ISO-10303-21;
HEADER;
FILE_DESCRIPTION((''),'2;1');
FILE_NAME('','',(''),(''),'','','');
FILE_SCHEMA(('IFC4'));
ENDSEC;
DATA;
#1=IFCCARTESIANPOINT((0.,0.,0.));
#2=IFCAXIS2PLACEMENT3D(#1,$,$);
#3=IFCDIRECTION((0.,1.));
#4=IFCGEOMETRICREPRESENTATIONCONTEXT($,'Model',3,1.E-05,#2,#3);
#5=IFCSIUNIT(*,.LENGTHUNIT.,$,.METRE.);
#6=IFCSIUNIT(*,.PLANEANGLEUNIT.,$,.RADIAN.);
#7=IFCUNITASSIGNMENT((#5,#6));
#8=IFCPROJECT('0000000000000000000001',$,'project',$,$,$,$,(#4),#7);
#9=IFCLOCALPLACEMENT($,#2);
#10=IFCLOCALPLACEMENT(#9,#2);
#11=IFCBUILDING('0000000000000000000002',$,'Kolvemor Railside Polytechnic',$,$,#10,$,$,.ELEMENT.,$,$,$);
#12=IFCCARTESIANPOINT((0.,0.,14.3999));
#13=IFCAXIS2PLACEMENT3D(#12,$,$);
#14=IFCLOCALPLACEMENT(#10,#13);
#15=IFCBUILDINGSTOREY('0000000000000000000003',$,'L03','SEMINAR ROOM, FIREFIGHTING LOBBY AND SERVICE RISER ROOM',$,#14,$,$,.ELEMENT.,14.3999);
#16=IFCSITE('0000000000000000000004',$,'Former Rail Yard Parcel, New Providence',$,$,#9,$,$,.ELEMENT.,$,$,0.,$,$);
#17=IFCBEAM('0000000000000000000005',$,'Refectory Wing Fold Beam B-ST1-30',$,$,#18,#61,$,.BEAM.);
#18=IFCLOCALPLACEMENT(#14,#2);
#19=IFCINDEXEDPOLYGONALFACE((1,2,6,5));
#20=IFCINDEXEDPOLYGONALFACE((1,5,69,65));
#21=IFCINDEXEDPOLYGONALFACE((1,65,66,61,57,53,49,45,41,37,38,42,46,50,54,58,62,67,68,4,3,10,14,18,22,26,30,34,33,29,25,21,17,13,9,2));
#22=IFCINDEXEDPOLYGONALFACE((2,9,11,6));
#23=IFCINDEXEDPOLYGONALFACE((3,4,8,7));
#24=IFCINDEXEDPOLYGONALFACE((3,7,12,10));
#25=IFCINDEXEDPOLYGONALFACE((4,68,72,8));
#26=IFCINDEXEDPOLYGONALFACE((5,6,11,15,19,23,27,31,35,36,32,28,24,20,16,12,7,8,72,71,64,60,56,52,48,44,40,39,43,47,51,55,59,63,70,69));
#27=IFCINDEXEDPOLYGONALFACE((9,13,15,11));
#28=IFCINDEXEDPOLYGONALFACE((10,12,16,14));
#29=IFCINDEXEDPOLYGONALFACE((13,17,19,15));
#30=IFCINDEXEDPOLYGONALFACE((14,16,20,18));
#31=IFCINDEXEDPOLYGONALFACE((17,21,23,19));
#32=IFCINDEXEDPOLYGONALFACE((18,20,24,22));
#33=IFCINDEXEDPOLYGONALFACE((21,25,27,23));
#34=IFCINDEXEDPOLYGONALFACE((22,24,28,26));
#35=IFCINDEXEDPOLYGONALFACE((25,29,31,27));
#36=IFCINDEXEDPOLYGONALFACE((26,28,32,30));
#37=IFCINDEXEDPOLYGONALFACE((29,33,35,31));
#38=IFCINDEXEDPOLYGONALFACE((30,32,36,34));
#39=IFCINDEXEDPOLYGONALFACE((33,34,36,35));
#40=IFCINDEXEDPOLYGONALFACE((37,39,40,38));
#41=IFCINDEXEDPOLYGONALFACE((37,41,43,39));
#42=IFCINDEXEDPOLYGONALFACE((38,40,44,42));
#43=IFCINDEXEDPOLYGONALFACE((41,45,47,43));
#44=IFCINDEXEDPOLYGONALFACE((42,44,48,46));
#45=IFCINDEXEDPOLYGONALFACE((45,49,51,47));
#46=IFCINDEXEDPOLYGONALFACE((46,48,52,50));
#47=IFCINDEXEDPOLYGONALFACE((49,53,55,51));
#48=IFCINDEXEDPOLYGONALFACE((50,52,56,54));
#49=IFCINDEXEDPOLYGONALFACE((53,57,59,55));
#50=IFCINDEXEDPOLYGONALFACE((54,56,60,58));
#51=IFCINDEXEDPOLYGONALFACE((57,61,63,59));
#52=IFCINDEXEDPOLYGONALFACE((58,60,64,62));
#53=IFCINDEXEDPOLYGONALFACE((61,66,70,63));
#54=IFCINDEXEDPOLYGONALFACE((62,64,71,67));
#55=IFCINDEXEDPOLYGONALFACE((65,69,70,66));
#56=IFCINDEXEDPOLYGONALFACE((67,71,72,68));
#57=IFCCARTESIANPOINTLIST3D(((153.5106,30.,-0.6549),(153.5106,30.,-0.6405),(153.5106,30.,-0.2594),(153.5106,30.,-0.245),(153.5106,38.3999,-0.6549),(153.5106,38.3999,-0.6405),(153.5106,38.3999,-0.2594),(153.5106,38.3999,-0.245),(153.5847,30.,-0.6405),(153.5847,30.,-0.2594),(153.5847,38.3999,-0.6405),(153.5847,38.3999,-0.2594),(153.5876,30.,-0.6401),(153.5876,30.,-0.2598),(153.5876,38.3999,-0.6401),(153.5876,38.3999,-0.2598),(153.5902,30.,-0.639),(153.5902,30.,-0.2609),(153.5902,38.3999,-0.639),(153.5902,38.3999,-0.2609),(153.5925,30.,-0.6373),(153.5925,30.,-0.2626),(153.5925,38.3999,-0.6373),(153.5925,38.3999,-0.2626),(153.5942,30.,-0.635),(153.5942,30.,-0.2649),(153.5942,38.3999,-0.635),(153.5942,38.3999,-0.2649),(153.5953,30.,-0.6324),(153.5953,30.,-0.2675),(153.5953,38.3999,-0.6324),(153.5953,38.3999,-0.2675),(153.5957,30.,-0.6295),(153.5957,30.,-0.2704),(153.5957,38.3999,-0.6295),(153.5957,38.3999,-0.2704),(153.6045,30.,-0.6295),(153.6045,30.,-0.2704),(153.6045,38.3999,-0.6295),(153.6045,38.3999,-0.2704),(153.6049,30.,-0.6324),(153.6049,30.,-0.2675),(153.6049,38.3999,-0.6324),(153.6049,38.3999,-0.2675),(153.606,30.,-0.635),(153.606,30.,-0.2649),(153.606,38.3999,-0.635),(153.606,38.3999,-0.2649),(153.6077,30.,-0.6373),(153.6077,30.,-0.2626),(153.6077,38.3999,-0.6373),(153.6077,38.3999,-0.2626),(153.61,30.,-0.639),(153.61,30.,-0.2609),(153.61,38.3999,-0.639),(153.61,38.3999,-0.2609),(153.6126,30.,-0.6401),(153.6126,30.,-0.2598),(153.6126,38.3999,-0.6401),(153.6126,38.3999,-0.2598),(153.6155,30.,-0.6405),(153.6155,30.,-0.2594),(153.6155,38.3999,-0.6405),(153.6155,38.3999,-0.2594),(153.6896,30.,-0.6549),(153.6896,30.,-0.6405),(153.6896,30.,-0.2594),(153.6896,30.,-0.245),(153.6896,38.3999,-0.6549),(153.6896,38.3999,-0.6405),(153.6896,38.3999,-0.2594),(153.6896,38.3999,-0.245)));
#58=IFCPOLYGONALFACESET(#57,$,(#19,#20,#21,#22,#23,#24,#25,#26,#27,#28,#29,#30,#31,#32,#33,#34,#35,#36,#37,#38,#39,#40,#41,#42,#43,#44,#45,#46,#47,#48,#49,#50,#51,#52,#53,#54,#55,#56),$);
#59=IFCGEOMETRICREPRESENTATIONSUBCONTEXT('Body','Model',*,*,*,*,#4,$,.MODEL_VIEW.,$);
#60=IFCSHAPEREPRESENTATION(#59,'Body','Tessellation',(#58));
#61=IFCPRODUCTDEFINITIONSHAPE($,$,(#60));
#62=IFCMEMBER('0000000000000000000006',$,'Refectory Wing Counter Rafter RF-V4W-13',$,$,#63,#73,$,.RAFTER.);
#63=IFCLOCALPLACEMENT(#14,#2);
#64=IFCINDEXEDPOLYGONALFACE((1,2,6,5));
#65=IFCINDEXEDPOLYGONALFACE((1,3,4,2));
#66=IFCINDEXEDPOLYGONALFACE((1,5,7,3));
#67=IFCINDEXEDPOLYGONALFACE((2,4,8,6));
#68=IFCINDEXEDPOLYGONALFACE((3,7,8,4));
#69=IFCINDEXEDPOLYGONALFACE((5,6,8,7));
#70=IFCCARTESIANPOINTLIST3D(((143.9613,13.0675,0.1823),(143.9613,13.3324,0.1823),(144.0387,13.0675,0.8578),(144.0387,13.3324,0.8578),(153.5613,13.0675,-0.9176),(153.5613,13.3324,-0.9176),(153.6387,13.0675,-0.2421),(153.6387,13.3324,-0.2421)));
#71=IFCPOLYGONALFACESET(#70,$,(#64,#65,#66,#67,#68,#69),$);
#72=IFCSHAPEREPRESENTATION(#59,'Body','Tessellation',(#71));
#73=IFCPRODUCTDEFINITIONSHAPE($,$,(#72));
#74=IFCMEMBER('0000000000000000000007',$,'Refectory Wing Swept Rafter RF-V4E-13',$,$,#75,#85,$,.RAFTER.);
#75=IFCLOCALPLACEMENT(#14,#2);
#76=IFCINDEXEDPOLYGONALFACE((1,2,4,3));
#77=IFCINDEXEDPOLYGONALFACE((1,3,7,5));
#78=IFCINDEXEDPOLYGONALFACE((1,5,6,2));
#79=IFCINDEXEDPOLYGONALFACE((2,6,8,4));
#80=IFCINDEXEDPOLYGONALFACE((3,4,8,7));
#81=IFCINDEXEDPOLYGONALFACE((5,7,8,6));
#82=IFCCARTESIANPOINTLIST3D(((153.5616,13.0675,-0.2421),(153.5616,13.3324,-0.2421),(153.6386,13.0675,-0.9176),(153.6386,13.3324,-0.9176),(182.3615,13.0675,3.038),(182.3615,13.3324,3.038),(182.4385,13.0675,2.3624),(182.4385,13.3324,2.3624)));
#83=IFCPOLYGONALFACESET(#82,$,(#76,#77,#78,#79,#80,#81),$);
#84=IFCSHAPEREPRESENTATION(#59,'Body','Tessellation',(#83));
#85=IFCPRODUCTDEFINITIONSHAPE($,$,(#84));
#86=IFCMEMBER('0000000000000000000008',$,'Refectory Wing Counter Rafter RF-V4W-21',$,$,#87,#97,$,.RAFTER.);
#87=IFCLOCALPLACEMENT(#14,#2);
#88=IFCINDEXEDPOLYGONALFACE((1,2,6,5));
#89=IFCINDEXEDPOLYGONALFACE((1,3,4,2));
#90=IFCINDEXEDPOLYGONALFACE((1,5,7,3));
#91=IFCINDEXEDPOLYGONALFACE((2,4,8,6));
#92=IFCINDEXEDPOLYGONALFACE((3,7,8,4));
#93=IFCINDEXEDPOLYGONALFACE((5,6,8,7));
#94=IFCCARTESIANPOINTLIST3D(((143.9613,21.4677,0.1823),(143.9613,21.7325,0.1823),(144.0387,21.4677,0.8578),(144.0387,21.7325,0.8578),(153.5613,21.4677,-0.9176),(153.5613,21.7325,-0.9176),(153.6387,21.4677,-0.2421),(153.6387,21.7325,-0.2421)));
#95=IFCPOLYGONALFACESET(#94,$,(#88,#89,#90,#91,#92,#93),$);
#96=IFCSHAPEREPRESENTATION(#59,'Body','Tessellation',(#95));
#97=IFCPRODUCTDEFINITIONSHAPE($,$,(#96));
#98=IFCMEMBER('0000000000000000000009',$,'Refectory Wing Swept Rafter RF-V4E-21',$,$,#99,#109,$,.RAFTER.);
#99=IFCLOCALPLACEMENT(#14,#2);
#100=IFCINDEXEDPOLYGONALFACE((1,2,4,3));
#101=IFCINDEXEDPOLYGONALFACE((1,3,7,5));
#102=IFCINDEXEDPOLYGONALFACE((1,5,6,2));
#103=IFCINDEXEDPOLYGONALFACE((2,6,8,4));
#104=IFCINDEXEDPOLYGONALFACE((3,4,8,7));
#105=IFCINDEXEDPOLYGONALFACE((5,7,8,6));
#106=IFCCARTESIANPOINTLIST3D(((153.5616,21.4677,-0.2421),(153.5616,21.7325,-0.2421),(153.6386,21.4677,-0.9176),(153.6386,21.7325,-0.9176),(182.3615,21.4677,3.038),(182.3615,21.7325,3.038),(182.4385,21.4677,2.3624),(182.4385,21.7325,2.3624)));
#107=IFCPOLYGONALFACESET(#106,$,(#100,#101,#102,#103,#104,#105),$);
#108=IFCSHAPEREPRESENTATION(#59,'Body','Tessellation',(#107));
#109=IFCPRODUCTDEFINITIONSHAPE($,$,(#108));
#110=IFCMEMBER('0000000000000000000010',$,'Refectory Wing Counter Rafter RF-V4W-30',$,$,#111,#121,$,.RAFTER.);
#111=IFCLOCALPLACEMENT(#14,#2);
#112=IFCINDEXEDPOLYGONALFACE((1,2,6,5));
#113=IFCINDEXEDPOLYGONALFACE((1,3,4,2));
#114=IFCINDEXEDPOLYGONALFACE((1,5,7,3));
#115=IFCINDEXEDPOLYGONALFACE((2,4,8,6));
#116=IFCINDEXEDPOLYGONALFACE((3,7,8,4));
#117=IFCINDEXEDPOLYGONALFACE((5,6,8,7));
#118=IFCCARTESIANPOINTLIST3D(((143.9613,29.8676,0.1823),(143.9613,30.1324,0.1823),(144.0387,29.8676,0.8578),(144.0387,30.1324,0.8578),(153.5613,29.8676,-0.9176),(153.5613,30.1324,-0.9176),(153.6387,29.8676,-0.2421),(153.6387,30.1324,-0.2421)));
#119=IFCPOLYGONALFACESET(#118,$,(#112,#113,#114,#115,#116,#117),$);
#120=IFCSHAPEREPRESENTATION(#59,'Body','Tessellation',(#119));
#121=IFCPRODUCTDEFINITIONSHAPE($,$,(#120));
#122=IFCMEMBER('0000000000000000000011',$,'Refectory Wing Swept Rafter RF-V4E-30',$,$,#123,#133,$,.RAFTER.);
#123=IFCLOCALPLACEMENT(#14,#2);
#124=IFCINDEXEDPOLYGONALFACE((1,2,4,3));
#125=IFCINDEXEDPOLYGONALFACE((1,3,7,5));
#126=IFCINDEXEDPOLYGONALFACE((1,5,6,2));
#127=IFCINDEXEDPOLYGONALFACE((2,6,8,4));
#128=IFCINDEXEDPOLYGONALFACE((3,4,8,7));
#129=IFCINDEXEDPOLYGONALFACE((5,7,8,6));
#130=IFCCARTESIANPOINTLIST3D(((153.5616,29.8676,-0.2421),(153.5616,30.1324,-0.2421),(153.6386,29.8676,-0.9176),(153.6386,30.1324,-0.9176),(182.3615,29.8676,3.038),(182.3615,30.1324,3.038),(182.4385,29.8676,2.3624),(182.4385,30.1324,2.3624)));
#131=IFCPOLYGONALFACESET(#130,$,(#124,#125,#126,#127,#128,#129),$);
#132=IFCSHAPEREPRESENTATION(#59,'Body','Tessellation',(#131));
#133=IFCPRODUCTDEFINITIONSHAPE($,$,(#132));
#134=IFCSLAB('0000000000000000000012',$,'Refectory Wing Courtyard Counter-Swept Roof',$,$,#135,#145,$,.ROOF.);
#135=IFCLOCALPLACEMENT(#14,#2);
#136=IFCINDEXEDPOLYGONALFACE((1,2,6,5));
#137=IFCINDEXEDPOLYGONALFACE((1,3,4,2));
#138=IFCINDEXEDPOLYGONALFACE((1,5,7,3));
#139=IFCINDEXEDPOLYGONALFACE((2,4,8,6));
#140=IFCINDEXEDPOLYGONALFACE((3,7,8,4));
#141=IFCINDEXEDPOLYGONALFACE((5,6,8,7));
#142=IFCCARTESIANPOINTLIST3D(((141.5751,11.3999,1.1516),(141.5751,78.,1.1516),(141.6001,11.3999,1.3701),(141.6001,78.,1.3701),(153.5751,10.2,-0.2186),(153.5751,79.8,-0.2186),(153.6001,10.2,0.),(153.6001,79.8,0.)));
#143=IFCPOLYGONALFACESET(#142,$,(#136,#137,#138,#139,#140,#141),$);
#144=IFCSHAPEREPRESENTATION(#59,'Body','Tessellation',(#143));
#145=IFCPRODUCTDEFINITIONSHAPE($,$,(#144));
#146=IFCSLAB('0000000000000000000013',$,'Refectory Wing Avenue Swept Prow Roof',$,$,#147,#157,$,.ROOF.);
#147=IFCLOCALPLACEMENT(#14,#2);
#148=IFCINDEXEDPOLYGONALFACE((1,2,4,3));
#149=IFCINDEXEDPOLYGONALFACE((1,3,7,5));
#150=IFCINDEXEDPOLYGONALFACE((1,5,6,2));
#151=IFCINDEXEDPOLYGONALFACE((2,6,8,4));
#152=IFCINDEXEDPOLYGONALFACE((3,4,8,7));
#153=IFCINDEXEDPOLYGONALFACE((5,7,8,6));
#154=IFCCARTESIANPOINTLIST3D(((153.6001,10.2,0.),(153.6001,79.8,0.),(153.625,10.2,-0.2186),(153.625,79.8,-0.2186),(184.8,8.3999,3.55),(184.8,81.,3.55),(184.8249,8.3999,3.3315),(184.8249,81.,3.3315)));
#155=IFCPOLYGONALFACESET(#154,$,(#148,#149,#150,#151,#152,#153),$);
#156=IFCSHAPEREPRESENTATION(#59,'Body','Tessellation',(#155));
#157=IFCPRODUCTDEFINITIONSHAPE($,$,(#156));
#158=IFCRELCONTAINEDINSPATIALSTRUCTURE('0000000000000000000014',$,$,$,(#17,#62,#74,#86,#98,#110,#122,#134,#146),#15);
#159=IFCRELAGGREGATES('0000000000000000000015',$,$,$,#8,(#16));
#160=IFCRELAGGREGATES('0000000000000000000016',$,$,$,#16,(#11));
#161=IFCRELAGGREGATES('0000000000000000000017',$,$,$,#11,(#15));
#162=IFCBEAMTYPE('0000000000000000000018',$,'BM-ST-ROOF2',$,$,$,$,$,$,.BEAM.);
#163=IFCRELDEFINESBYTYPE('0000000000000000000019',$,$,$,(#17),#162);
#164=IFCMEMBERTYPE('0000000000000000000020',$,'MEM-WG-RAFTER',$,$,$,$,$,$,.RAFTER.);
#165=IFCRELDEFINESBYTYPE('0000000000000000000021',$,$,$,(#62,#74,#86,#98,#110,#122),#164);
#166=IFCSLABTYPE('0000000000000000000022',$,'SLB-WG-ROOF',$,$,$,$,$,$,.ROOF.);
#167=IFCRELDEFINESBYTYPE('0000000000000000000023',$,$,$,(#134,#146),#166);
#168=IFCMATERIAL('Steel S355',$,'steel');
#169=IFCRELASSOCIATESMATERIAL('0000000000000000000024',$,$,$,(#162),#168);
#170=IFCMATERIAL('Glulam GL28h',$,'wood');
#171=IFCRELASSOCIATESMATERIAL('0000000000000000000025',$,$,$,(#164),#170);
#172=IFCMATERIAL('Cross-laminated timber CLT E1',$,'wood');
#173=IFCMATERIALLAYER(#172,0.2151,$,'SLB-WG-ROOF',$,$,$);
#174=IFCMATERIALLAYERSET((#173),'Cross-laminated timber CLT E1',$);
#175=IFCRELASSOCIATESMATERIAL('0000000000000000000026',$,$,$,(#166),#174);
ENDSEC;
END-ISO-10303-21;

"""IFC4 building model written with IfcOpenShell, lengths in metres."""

from ifc_helpers import new_model, si_unit, direction, frame, origin, origin_2d, place, context, subcontext, project, spatial, polyline, rectangle, i_section, outline, extrude, material, layer, layer_set, material_profile, profile_set, type_object, element, save


model = new_model("IFC4")

# Units and contexts
model_context = context("Model", 3, precision=1e-05, world=origin(), true_north=direction((0.0, 1.0)))
body_context = subcontext(model_context, "Body", "Model", "MODEL_VIEW")
ifc_project = project(units=[si_unit("LENGTHUNIT", "METRE"), si_unit("PLANEANGLEUNIT", "RADIAN")], contexts=[model_context])

# Site, building, storey
site_placement = place(None, origin())
site = spatial("IfcSite", under=ifc_project, at=site_placement, Name="Former Rail Yard Parcel, New Providence", CompositionType="ELEMENT", RefElevation=0.0)
building_placement = place(site_placement, origin())
building = spatial("IfcBuilding", under=site, at=building_placement, Name="Kolvemor Railside Polytechnic", CompositionType="ELEMENT")
storey_placement = place(building_placement, frame((0.0, 0.0, 14.3999)))
storey = spatial("IfcBuildingStorey", under=building, at=storey_placement, Name="L03", Description="SEMINAR ROOM, FIREFIGHTING LOBBY AND SERVICE RISER ROOM", CompositionType="ELEMENT", Elevation=14.3999)

# Beam
ifc_material_1 = material(Name="Steel S355", Category="steel")
ifc_material_profile_1 = material_profile(ifc_material_1, i_section(OverallWidth=0.179, OverallDepth=0.4099, WebThickness=0.0088, FlangeThickness=0.0144, FilletRadius=0.011, at=origin_2d()), Name="W410x67")
ifc_profile_set_1 = profile_set([ifc_material_profile_1], Name="Steel S355")
beam_type_1 = type_object("IfcBeamType", Name="BM-ST-ROOF2", PredefinedType="BEAM", material=ifc_profile_set_1)
for number, where, z_axis, x_axis, name in (
    (1, (153.6001, 30.0, -0.45), (0.0, 1.0, 0.0), (-1.0, 0.0, 0.0), "Refectory Wing Fold Beam B-ST1-30"),
):
    element("IfcBeam", number, at=place(storey_placement, frame(where, z_axis=z_axis, x_axis=x_axis)), inside=storey, type_object=beam_type_1, Name=name, PredefinedType="BEAM", context=body_context, shape_type="SweptSolid", body=[
        extrude(i_section(OverallWidth=0.179, OverallDepth=0.4099, WebThickness=0.0088, FlangeThickness=0.0144, FilletRadius=0.011, at=origin_2d()), origin(), (0.0, 0.0, 1.0), 8.3999),
    ])

# Members
ifc_material_2 = material(Name="Glulam GL28h", Category="wood")
ifc_material_profile_2 = material_profile(ifc_material_2, rectangle(XDim=0.2649, YDim=0.6799, at=origin_2d()), Name="GL265x680")
ifc_profile_set_2 = profile_set([ifc_material_profile_2], Name="Glulam GL28h")
member_type = type_object("IfcMemberType", Name="MEM-WG-RAFTER", PredefinedType="RAFTER", material=ifc_profile_set_2)
member_1_placement = place(storey_placement, frame((144.0, 13.2, 0.52), z_axis=(0.993501, 0.0, -0.113822), x_axis=(0.0, 1.0, 0.0)))
element("IfcMember", 2, at=member_1_placement, inside=storey, type_object=member_type, Name="Refectory Wing Counter Rafter RF-V4W-13", PredefinedType="RAFTER", context=body_context, shape_type="SweptSolid", body=[
    extrude(rectangle(XDim=0.2649, YDim=0.6799, at=origin_2d()), origin(), (0.0, 0.0, 1.0), 9.6628),
])
member_2_placement = place(storey_placement, frame((153.6001, 13.2, -0.5798), z_axis=(0.993577, 0.0, 0.113159), x_axis=(0.0, 1.0, 0.0)))
element("IfcMember", 3, at=member_2_placement, inside=storey, type_object=member_type, Name="Refectory Wing Swept Rafter RF-V4E-13", PredefinedType="RAFTER", context=body_context, shape_type="SweptSolid", body=[
    extrude(rectangle(XDim=0.2649, YDim=0.6799, at=origin_2d()), origin(), (0.0, 0.0, 1.0), 28.9861),
])
member_3_placement = place(storey_placement, frame((144.0, 21.6001, 0.52), z_axis=(0.993501, 0.0, -0.113822), x_axis=(0.0, 1.0, 0.0)))
element("IfcMember", 4, at=member_3_placement, inside=storey, type_object=member_type, Name="Refectory Wing Counter Rafter RF-V4W-21", PredefinedType="RAFTER", context=body_context, shape_type="SweptSolid", body=[
    extrude(rectangle(XDim=0.2649, YDim=0.6799, at=origin_2d()), origin(), (0.0, 0.0, 1.0), 9.6628),
])
member_4_placement = place(storey_placement, frame((153.6001, 21.6001, -0.5798), z_axis=(0.993577, 0.0, 0.113159), x_axis=(0.0, 1.0, 0.0)))
element("IfcMember", 5, at=member_4_placement, inside=storey, type_object=member_type, Name="Refectory Wing Swept Rafter RF-V4E-21", PredefinedType="RAFTER", context=body_context, shape_type="SweptSolid", body=[
    extrude(rectangle(XDim=0.2649, YDim=0.6799, at=origin_2d()), origin(), (0.0, 0.0, 1.0), 28.9861),
])
member_5_placement = place(storey_placement, frame((144.0, 30.0, 0.52), z_axis=(0.993501, 0.0, -0.113822), x_axis=(0.0, 1.0, 0.0)))
element("IfcMember", 6, at=member_5_placement, inside=storey, type_object=member_type, Name="Refectory Wing Counter Rafter RF-V4W-30", PredefinedType="RAFTER", context=body_context, shape_type="SweptSolid", body=[
    extrude(rectangle(XDim=0.2649, YDim=0.6799, at=origin_2d()), origin(), (0.0, 0.0, 1.0), 9.6628),
])
member_6_placement = place(storey_placement, frame((153.6001, 30.0, -0.5798), z_axis=(0.993577, 0.0, 0.113159), x_axis=(0.0, 1.0, 0.0)))
element("IfcMember", 7, at=member_6_placement, inside=storey, type_object=member_type, Name="Refectory Wing Swept Rafter RF-V4E-30", PredefinedType="RAFTER", context=body_context, shape_type="SweptSolid", body=[
    extrude(rectangle(XDim=0.2649, YDim=0.6799, at=origin_2d()), origin(), (0.0, 0.0, 1.0), 28.9861),
])

# Slabs
ifc_material_3 = material(Name="Cross-laminated timber CLT E1", Category="wood")
ifc_layer_1 = layer(ifc_material_3, 0.2151, Name="SLB-WG-ROOF")
ifc_layer_set_1 = layer_set([ifc_layer_1], Name="Cross-laminated timber CLT E1")
slab_type = type_object("IfcSlabType", Name="SLB-WG-ROOF", PredefinedType="ROOF", material=ifc_layer_set_1)
slab_1_placement = place(storey_placement, frame((141.6001, 11.3999, 1.3701), z_axis=(0.113439, 0.0, 0.993545), x_axis=(0.988678, -0.098864, -0.112884)))
element("IfcSlab", 8, at=slab_1_placement, inside=storey, type_object=slab_type, Name="Refectory Wing Courtyard Counter-Swept Roof", PredefinedType="ROOF", context=body_context, shape_type="SweptSolid", body=[
    extrude(outline(polyline([(0.0, 0.0), (12.1374, 0.0), (5.2565, 69.2591), (-6.5843, 66.2738), (0.0, 0.0)])), origin(), (0.0, 0.0, -1.0), 0.22),
])
slab_2_placement = place(storey_placement, frame((153.6001, 10.2, 0.0), z_axis=(-0.113054, 0.0, 0.993589), x_axis=(0.99196, -0.05723, 0.112869)))
element("IfcSlab", 9, at=slab_2_placement, inside=storey, type_object=slab_type, Name="Refectory Wing Avenue Swept Prow Roof", PredefinedType="ROOF", context=body_context, shape_type="SweptSolid", body=[
    extrude(outline(polyline([(0.0, 0.0), (31.4528, 0.0), (27.2979, 72.4811), (-3.9832, 69.486), (0.0, 0.0)])), origin(), (0.0, 0.0, -1.0), 0.22),
])

save(model, "model.ifc")
